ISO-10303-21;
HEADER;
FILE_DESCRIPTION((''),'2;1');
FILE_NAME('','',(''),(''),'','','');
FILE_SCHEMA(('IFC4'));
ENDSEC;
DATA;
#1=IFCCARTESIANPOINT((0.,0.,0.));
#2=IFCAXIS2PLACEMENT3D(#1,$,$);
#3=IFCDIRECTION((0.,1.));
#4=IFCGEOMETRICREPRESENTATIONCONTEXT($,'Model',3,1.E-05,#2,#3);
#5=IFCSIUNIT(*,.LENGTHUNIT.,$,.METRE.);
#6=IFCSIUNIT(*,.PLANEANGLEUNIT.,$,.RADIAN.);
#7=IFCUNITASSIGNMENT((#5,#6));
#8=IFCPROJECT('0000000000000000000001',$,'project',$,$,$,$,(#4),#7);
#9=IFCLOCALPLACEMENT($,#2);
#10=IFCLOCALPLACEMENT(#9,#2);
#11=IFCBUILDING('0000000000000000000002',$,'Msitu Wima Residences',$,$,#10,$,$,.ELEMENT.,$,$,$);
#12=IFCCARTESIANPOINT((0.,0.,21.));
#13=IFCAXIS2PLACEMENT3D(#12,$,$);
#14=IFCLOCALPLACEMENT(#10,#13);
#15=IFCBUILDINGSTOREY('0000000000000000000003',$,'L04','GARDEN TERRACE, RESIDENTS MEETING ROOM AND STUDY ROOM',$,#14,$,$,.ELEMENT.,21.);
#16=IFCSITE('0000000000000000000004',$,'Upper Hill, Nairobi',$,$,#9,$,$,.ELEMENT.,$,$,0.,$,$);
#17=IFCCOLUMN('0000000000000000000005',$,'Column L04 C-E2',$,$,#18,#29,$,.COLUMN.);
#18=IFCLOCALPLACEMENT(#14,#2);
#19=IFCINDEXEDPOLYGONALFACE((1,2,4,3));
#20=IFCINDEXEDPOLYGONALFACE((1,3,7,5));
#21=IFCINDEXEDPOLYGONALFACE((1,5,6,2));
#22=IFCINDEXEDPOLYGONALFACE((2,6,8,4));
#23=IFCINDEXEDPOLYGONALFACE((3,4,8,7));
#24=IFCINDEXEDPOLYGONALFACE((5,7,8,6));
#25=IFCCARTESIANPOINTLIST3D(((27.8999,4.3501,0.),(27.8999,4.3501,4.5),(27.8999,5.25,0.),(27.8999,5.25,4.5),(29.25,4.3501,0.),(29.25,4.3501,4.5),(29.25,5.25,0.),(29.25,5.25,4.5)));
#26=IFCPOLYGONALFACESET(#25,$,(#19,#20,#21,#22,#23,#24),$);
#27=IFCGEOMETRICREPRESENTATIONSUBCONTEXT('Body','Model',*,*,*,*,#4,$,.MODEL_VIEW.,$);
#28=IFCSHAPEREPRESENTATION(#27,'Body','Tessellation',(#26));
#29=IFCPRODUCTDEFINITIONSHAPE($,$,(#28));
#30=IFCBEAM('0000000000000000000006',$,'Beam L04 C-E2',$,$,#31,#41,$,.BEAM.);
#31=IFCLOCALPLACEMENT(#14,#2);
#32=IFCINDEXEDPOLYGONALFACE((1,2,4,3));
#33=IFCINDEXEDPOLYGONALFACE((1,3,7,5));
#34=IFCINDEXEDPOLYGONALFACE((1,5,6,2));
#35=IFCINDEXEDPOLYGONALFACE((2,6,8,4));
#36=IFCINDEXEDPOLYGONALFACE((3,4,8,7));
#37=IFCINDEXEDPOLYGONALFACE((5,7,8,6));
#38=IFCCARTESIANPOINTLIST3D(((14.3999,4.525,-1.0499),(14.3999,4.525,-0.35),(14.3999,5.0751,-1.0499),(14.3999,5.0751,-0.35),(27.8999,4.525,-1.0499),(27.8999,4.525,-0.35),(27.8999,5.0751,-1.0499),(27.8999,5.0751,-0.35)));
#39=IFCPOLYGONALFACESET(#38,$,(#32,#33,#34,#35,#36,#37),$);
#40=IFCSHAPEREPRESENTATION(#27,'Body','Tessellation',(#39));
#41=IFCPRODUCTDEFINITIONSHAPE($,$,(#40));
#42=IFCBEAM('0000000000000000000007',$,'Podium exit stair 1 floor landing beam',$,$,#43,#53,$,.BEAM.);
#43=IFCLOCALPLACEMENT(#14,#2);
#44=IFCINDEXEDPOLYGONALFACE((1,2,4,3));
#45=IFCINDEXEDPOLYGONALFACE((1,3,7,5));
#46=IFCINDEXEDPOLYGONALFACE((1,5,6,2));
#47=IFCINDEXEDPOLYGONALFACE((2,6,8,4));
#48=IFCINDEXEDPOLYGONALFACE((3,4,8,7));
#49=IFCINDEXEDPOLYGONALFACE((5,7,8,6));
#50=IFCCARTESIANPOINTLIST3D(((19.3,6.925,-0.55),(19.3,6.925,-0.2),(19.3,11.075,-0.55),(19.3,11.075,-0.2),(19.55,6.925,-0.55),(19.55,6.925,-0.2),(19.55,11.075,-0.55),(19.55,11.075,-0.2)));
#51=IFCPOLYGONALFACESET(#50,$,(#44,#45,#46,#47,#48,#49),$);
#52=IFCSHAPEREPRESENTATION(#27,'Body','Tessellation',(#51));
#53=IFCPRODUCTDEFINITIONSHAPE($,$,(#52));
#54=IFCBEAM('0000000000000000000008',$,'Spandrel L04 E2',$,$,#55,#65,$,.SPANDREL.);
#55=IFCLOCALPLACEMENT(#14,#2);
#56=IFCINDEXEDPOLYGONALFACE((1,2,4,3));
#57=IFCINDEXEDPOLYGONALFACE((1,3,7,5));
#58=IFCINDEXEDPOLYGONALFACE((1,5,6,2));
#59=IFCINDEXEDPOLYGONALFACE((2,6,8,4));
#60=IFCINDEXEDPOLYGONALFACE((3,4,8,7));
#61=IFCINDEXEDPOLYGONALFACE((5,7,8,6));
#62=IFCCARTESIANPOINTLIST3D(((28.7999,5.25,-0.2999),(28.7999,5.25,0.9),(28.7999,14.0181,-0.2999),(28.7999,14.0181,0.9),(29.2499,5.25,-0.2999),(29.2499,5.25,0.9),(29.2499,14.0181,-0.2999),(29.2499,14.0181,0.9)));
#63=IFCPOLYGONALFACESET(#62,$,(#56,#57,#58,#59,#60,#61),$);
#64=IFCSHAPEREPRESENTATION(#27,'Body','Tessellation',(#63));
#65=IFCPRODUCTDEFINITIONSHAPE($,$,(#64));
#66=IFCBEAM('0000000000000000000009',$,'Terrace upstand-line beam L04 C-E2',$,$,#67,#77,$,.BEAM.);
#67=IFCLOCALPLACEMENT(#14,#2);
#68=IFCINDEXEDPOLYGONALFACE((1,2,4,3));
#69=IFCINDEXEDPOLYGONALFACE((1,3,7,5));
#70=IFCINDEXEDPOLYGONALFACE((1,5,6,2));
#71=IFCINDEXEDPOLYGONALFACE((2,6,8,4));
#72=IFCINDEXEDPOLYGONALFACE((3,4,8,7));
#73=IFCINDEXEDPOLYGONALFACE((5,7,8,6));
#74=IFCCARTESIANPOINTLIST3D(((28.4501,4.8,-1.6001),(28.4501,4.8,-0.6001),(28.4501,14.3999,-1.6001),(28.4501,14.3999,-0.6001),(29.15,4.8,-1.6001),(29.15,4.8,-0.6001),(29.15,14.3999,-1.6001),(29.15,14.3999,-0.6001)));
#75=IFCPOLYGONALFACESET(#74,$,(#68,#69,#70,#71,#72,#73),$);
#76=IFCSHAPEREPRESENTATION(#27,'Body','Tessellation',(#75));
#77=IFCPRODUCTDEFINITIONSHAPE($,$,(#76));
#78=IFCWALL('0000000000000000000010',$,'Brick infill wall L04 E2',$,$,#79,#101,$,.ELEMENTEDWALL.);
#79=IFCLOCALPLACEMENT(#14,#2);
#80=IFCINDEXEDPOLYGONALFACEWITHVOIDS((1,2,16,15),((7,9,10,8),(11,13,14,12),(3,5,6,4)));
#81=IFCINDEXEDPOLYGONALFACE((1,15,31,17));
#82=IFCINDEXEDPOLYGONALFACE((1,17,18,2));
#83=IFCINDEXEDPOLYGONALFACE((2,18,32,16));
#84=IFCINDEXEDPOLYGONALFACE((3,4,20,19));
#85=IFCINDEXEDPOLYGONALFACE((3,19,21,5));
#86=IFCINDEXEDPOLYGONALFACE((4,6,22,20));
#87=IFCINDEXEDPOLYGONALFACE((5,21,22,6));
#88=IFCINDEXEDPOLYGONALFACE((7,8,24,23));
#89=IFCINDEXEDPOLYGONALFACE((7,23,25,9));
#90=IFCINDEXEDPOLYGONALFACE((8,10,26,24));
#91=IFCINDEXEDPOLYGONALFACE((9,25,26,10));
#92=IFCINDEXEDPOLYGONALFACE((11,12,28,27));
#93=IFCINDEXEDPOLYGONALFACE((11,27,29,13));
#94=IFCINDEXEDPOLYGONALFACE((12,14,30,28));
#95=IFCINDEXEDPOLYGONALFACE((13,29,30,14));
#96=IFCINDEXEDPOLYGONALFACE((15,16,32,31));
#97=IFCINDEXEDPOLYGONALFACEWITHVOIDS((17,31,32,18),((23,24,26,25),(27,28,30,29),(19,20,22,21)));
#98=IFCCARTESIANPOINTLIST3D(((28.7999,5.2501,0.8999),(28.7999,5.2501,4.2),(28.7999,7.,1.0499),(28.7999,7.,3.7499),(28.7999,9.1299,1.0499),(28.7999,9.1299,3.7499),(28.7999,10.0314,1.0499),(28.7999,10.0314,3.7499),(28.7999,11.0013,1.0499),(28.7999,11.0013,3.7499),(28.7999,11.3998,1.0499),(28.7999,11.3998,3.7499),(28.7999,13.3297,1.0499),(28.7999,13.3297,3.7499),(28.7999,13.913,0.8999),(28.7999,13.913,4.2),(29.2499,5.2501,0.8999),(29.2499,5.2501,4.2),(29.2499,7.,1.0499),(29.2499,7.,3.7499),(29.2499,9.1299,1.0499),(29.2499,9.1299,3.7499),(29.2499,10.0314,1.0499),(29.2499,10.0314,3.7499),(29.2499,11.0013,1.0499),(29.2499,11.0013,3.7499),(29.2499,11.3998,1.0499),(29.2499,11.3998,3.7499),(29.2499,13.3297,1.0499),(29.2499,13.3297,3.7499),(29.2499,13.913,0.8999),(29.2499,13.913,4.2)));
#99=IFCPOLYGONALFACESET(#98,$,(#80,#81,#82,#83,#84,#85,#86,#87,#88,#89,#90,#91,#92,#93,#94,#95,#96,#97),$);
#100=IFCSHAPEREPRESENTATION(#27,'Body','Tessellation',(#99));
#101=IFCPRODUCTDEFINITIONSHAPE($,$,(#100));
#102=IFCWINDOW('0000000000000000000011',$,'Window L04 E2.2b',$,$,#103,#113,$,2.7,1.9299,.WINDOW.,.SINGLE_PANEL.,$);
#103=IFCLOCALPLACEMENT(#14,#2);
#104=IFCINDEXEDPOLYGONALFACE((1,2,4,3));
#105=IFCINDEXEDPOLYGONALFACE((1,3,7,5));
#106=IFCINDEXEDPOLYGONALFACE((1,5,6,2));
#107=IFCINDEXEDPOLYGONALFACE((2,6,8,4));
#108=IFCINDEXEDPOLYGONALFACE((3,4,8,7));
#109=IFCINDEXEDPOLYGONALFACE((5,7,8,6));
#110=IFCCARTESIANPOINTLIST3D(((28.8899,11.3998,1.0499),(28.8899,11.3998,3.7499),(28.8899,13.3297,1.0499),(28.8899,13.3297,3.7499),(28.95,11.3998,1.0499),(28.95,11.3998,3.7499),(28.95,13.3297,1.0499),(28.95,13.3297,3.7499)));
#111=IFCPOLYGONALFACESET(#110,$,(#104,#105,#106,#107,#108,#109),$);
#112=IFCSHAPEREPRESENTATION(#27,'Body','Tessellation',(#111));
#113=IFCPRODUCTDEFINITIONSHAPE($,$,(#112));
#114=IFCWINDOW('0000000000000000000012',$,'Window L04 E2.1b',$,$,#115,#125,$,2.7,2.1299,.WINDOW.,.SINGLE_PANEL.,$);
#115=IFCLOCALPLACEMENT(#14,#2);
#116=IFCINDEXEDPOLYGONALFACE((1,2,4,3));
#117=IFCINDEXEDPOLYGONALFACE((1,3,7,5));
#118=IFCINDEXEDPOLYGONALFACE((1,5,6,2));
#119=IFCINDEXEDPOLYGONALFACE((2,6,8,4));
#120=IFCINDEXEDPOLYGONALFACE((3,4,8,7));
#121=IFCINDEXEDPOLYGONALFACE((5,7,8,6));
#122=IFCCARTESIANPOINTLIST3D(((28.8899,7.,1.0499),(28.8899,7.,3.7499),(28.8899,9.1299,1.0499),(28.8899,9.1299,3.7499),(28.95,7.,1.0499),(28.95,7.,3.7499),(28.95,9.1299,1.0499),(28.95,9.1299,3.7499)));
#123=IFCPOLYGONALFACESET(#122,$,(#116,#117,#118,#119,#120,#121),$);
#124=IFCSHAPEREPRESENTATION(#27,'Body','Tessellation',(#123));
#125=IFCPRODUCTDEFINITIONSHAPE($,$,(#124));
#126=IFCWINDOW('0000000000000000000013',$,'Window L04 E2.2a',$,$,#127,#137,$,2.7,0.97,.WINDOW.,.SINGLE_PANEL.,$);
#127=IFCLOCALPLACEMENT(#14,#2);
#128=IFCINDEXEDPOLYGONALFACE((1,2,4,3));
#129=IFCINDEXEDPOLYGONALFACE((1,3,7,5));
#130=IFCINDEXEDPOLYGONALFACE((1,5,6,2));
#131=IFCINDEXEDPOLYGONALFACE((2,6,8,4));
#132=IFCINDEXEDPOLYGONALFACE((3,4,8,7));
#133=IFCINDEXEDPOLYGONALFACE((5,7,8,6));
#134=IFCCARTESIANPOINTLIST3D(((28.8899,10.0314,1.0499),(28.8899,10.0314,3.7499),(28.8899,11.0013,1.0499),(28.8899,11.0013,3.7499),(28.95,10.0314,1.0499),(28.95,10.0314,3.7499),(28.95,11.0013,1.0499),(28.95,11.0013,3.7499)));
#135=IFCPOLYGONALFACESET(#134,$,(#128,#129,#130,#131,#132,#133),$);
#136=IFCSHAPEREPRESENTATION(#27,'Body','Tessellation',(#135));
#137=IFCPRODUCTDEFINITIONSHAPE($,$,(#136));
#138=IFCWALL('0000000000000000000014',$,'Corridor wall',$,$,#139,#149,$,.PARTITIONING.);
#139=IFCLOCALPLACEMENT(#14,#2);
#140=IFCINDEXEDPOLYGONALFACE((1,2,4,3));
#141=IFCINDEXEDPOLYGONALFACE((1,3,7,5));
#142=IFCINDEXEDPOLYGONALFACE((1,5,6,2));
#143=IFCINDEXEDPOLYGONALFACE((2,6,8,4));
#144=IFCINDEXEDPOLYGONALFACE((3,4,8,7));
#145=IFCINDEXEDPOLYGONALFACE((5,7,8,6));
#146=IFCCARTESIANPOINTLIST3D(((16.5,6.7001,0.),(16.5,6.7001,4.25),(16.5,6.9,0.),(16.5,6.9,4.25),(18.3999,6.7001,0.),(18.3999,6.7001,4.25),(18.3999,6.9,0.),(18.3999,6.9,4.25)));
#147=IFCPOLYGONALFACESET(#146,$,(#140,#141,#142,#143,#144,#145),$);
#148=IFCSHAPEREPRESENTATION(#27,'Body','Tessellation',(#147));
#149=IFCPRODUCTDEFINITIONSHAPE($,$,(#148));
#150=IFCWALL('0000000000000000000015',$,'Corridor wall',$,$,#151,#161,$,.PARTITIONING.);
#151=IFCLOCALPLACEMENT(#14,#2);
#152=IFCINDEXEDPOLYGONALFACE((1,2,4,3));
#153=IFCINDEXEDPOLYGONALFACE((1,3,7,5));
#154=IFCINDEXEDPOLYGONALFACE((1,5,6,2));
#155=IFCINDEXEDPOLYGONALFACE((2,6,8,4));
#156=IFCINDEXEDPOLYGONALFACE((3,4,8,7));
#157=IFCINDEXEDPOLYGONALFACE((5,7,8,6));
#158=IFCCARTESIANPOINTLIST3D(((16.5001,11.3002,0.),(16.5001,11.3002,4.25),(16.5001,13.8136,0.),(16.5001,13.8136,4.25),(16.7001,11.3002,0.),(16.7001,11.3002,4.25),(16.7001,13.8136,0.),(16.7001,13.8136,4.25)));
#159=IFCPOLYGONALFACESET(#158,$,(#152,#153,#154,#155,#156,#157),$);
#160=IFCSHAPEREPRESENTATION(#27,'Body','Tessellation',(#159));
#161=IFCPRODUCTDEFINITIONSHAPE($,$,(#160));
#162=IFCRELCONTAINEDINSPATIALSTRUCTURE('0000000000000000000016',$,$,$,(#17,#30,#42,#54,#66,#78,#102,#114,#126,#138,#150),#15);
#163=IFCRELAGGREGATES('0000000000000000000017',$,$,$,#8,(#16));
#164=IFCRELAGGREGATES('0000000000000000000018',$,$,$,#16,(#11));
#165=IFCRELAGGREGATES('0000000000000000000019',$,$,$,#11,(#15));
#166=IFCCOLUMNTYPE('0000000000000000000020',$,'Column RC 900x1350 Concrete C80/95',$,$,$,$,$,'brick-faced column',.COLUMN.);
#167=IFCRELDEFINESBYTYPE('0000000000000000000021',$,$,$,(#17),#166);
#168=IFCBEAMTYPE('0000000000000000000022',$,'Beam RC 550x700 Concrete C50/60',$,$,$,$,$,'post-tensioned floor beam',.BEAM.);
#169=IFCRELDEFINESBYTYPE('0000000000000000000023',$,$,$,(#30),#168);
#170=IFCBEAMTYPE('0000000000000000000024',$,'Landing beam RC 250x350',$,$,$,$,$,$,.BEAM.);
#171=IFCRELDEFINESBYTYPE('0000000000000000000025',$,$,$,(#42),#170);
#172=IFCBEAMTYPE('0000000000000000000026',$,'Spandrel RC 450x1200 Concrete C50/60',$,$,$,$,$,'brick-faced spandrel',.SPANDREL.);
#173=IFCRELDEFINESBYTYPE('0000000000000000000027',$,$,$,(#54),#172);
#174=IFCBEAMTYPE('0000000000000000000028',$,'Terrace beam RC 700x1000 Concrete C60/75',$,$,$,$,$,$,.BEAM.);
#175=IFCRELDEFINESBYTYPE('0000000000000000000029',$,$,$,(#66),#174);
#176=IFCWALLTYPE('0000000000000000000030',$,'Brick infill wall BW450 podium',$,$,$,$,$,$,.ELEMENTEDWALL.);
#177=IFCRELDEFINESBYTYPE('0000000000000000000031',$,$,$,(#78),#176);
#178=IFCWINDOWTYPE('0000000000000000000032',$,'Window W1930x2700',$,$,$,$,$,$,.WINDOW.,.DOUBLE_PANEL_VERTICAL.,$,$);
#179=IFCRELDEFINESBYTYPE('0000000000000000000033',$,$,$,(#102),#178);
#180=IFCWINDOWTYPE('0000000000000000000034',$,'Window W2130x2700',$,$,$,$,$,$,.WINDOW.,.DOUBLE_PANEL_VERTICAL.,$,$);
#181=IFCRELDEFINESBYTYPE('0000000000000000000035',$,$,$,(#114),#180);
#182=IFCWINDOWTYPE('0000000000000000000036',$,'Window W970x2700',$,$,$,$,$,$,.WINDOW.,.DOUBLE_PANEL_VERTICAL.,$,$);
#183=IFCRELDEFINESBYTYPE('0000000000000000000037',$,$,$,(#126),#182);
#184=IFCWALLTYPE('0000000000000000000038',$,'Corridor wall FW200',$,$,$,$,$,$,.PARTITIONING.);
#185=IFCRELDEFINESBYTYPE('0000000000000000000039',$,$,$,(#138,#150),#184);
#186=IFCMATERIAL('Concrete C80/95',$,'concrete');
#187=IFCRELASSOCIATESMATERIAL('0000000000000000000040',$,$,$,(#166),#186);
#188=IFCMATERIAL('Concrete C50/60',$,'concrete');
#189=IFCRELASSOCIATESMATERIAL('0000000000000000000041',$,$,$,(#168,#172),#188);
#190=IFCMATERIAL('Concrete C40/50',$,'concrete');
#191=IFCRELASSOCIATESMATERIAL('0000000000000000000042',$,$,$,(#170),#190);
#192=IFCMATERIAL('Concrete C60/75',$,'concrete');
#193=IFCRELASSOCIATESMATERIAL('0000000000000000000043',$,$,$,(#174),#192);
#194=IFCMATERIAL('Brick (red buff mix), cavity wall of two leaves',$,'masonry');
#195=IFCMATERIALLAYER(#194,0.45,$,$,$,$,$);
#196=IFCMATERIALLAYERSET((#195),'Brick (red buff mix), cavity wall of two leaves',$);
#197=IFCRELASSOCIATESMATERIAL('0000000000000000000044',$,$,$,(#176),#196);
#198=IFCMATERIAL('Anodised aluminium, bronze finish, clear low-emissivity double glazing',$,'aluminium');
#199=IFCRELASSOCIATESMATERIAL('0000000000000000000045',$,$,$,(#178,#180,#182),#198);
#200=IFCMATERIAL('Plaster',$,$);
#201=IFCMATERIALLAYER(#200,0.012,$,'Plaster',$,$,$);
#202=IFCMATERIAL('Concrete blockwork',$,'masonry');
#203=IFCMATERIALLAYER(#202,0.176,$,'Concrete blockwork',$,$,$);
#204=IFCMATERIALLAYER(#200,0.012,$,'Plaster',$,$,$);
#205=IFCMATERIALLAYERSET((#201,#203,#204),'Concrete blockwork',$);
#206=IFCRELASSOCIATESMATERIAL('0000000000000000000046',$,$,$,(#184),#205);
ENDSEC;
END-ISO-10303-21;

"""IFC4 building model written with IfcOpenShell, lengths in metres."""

from ifc_helpers import new_model, si_unit, direction, frame, frame_2d, origin, origin_2d, place, context, subcontext, project, spatial, rectangle, extrude, material, layer, layer_set, material_profile, profile_set, type_object, element, fill, save


model = new_model("IFC4")

# Units and contexts
model_context = context("Model", 3, precision=1e-05, world=origin(), true_north=direction((0.0, 1.0)))
body_context = subcontext(model_context, "Body", "Model", "MODEL_VIEW")
ifc_project = project(units=[si_unit("LENGTHUNIT", "METRE"), si_unit("PLANEANGLEUNIT", "RADIAN")], contexts=[model_context])

# Site, building, storey
site_placement = place(None, origin())
site = spatial("IfcSite", under=ifc_project, at=site_placement, Name="Upper Hill, Nairobi", CompositionType="ELEMENT", RefElevation=0.0)
building_placement = place(site_placement, origin())
building = spatial("IfcBuilding", under=site, at=building_placement, Name="Msitu Wima Residences", CompositionType="ELEMENT")
storey_placement = place(building_placement, frame((0.0, 0.0, 21.0)))
storey = spatial("IfcBuildingStorey", under=building, at=storey_placement, Name="L04", Description="GARDEN TERRACE, RESIDENTS MEETING ROOM AND STUDY ROOM", CompositionType="ELEMENT", Elevation=21.0)

# Column
ifc_material_1 = material(Name="Concrete C80/95", Category="concrete")
ifc_material_profile_1 = material_profile(ifc_material_1, rectangle(XDim=0.8999, YDim=1.3501, at=origin_2d()), Name="RC 900x1350")
ifc_profile_set_1 = profile_set([ifc_material_profile_1], Name="Concrete C80/95")
column_type = type_object("IfcColumnType", Name="Column RC 900x1350 Concrete C80/95", ElementType="brick-faced column", PredefinedType="COLUMN", material=ifc_profile_set_1)
column_placement = place(storey_placement, frame((28.575, 4.8, 0.0), z_axis=(0.0, 0.0, 1.0), x_axis=(0.0, 1.0, 0.0)))
element("IfcColumn", 1, at=column_placement, inside=storey, type_object=column_type, Name="Column L04 C-E2", PredefinedType="COLUMN", context=body_context, shape_type="SweptSolid", body=[
    extrude(rectangle(XDim=0.8999, YDim=1.3501, at=origin_2d()), origin(), (0.0, 0.0, 1.0), 4.5),
])

# Beams
ifc_material_2 = material(Name="Concrete C50/60", Category="concrete")
ifc_material_profile_2 = material_profile(ifc_material_2, rectangle(XDim=0.55, YDim=0.7, at=origin_2d()), Name="RC 550x700")
ifc_profile_set_2 = profile_set([ifc_material_profile_2], Name="Concrete C50/60")
beam_type_1 = type_object("IfcBeamType", Name="Beam RC 550x700 Concrete C50/60", ElementType="post-tensioned floor beam", PredefinedType="BEAM", material=ifc_profile_set_2)
beam_1_placement = place(storey_placement, frame((27.8999, 4.8, -0.7), z_axis=(-1.0, 0.0, 0.0), x_axis=(0.0, -1.0, 0.0)))
element("IfcBeam", 2, at=beam_1_placement, inside=storey, type_object=beam_type_1, Name="Beam L04 C-E2", PredefinedType="BEAM", context=body_context, shape_type="SweptSolid", body=[
    extrude(rectangle(XDim=0.55, YDim=0.7, at=origin_2d()), origin(), (0.0, 0.0, 1.0), 13.5),
])
ifc_material_3 = material(Name="Concrete C40/50", Category="concrete")
ifc_material_profile_3 = material_profile(ifc_material_3, rectangle(XDim=0.25, YDim=0.3501, at=origin_2d()), Name="RC 250x350")
ifc_profile_set_3 = profile_set([ifc_material_profile_3], Name="Concrete C40/50")
beam_type_2 = type_object("IfcBeamType", Name="Landing beam RC 250x350", PredefinedType="BEAM", material=ifc_profile_set_3)
beam_2_placement = place(storey_placement, frame((19.425, 6.925, -0.375), z_axis=(0.0, 1.0, 0.0), x_axis=(-1.0, 0.0, 0.0)))
element("IfcBeam", 3, at=beam_2_placement, inside=storey, type_object=beam_type_2, Name="Podium exit stair 1 floor landing beam", PredefinedType="BEAM", context=body_context, shape_type="SweptSolid", body=[
    extrude(rectangle(XDim=0.25, YDim=0.3501, at=origin_2d()), origin(), (0.0, 0.0, 1.0), 4.1499),
])
ifc_material_profile_4 = material_profile(ifc_material_2, rectangle(XDim=0.45, YDim=1.2, at=origin_2d()), Name="RC 450x1200")
ifc_profile_set_4 = profile_set([ifc_material_profile_4], Name="Concrete C50/60")
beam_type_3 = type_object("IfcBeamType", Name="Spandrel RC 450x1200 Concrete C50/60", ElementType="brick-faced spandrel", PredefinedType="SPANDREL", material=ifc_profile_set_4)
beam_3_placement = place(storey_placement, frame((29.0249, 5.25, 0.3), z_axis=(0.0, 1.0, 0.0), x_axis=(-1.0, 0.0, 0.0)))
element("IfcBeam", 4, at=beam_3_placement, inside=storey, type_object=beam_type_3, Name="Spandrel L04 E2", PredefinedType="SPANDREL", context=body_context, shape_type="SweptSolid", body=[
    extrude(rectangle(XDim=0.45, YDim=1.2, at=origin_2d()), origin(), (0.0, 0.0, 1.0), 8.7681),
])
ifc_material_4 = material(Name="Concrete C60/75", Category="concrete")
ifc_material_profile_5 = material_profile(ifc_material_4, rectangle(XDim=0.7, YDim=1.0, at=origin_2d()), Name="RC 700x1000")
ifc_profile_set_5 = profile_set([ifc_material_profile_5], Name="Concrete C60/75")
beam_type_4 = type_object("IfcBeamType", Name="Terrace beam RC 700x1000 Concrete C60/75", PredefinedType="BEAM", material=ifc_profile_set_5)
beam_4_placement = place(storey_placement, frame((28.8, 4.8, -1.1001), z_axis=(0.0, 1.0, 0.0), x_axis=(-1.0, 0.0, 0.0)))
element("IfcBeam", 5, at=beam_4_placement, inside=storey, type_object=beam_type_4, Name="Terrace upstand-line beam L04 C-E2", PredefinedType="BEAM", context=body_context, shape_type="SweptSolid", body=[
    extrude(rectangle(XDim=0.7, YDim=1.0, at=origin_2d()), origin(), (0.0, 0.0, 1.0), 9.5999),
])

# Wall, openings, windows
ifc_material_5 = material(Name="Brick (red buff mix), cavity wall of two leaves", Category="masonry")
ifc_layer_1 = layer(ifc_material_5, 0.45)
ifc_layer_set_1 = layer_set([ifc_layer_1], Name="Brick (red buff mix), cavity wall of two leaves")
wall_type_1 = type_object("IfcWallType", Name="Brick infill wall BW450 podium", PredefinedType="ELEMENTEDWALL", material=ifc_layer_set_1)
wall_1_placement = place(storey_placement, frame((29.0249, 5.25, 0.8999), z_axis=(0.0, 0.0, 1.0), x_axis=(0.0, 1.0, 0.0)))
wall_1 = element("IfcWall", 6, at=wall_1_placement, inside=storey, type_object=wall_type_1, Name="Brick infill wall L04 E2", PredefinedType="ELEMENTEDWALL", context=body_context, shape_type="SweptSolid", body=[
    extrude(rectangle(XDim=8.6628, YDim=0.45, at=frame_2d((4.3315, 0.0))), origin(), (0.0, 0.0, 1.0), 3.3),
])
opening_1_placement = place(wall_1_placement, frame((1.75, 0.0, 0.1499)))
opening_1 = element("IfcOpeningElement", 7, at=opening_1_placement, cuts=wall_1, PredefinedType="OPENING", context=body_context, shape_type="SweptSolid", body=[
    extrude(rectangle(XDim=2.1299, YDim=2.7, at=frame_2d((1.0649, 1.3501))), frame((0.0, 0.2349, 0.0), z_axis=(0.0, -1.0, 0.0), x_axis=(1.0, 0.0, 0.0)), (0.0, 0.0, 1.0), 0.47),
])
opening_2_placement = place(wall_1_placement, frame((4.7815, 0.0, 0.1499)))
opening_2 = element("IfcOpeningElement", 8, at=opening_2_placement, cuts=wall_1, PredefinedType="OPENING", context=body_context, shape_type="SweptSolid", body=[
    extrude(rectangle(XDim=0.97, YDim=2.7, at=frame_2d((0.4849, 1.3501))), frame((0.0, 0.2349, 0.0), z_axis=(0.0, -1.0, 0.0), x_axis=(1.0, 0.0, 0.0)), (0.0, 0.0, 1.0), 0.47),
])
opening_3_placement = place(wall_1_placement, frame((6.1499, 0.0, 0.1499)))
opening_3 = element("IfcOpeningElement", 9, at=opening_3_placement, cuts=wall_1, PredefinedType="OPENING", context=body_context, shape_type="SweptSolid", body=[
    extrude(rectangle(XDim=1.9299, YDim=2.7, at=frame_2d((0.9648, 1.3501))), frame((0.0, 0.2349, 0.0), z_axis=(0.0, -1.0, 0.0), x_axis=(1.0, 0.0, 0.0)), (0.0, 0.0, 1.0), 0.47),
])
ifc_material_6 = material(Name="Anodised aluminium, bronze finish, clear low-emissivity double glazing", Category="aluminium")
window_type_1 = type_object("IfcWindowType", Name="Window W1930x2700", PartitioningType="DOUBLE_PANEL_VERTICAL", PredefinedType="WINDOW", material=ifc_material_6)
window_1_placement = place(opening_3_placement, origin())
window_1 = element("IfcWindow", 10, at=window_1_placement, inside=storey, type_object=window_type_1, Name="Window L04 E2.2b", OverallHeight=2.7, OverallWidth=1.9299, PartitioningType="SINGLE_PANEL", PredefinedType="WINDOW", context=body_context, shape_type="SweptSolid", body=[
    extrude(rectangle(XDim=1.9299, YDim=2.7, at=frame_2d((0.9648, 1.3501))), frame((0.0, 0.135, 0.0), z_axis=(0.0, -1.0, 0.0), x_axis=(1.0, 0.0, 0.0)), (0.0, 0.0, 1.0), 0.0601),
])
fill(opening_3, window_1)
window_type_2 = type_object("IfcWindowType", Name="Window W2130x2700", PartitioningType="DOUBLE_PANEL_VERTICAL", PredefinedType="WINDOW", material=ifc_material_6)
window_2_placement = place(opening_1_placement, origin())
window_2 = element("IfcWindow", 11, at=window_2_placement, inside=storey, type_object=window_type_2, Name="Window L04 E2.1b", OverallHeight=2.7, OverallWidth=2.1299, PartitioningType="SINGLE_PANEL", PredefinedType="WINDOW", context=body_context, shape_type="SweptSolid", body=[
    extrude(rectangle(XDim=2.1299, YDim=2.7, at=frame_2d((1.0649, 1.3501))), frame((0.0, 0.135, 0.0), z_axis=(0.0, -1.0, 0.0), x_axis=(1.0, 0.0, 0.0)), (0.0, 0.0, 1.0), 0.0601),
])
fill(opening_1, window_2)
window_type_3 = type_object("IfcWindowType", Name="Window W970x2700", PartitioningType="DOUBLE_PANEL_VERTICAL", PredefinedType="WINDOW", material=ifc_material_6)
window_3_placement = place(opening_2_placement, origin())
window_3 = element("IfcWindow", 12, at=window_3_placement, inside=storey, type_object=window_type_3, Name="Window L04 E2.2a", OverallHeight=2.7, OverallWidth=0.97, PartitioningType="SINGLE_PANEL", PredefinedType="WINDOW", context=body_context, shape_type="SweptSolid", body=[
    extrude(rectangle(XDim=0.97, YDim=2.7, at=frame_2d((0.4849, 1.3501))), frame((0.0, 0.135, 0.0), z_axis=(0.0, -1.0, 0.0), x_axis=(1.0, 0.0, 0.0)), (0.0, 0.0, 1.0), 0.0601),
])
fill(opening_2, window_3)

# Walls
ifc_material_7 = material(Name="Plaster")
ifc_layer_2 = layer(ifc_material_7, 0.012, Name="Plaster")
ifc_material_8 = material(Name="Concrete blockwork", Category="masonry")
ifc_layer_3 = layer(ifc_material_8, 0.176, Name="Concrete blockwork")
ifc_layer_4 = layer(ifc_material_7, 0.012, Name="Plaster")
ifc_layer_set_2 = layer_set([ifc_layer_2, ifc_layer_3, ifc_layer_4], Name="Concrete blockwork")
wall_type_2 = type_object("IfcWallType", Name="Corridor wall FW200", PredefinedType="PARTITIONING", material=ifc_layer_set_2)
wall_2_placement = place(storey_placement, frame((16.5, 6.8, 0.0), z_axis=(0.0, 0.0, 1.0), x_axis=(1.0, 0.0, 0.0)))
element("IfcWall", 13, at=wall_2_placement, inside=storey, type_object=wall_type_2, Name="Corridor wall", PredefinedType="PARTITIONING", context=body_context, shape_type="SweptSolid", body=[
    extrude(rectangle(XDim=1.8999, YDim=0.2, at=frame_2d((0.95, 0.0))), origin(), (0.0, 0.0, 1.0), 4.25),
])
wall_3_placement = place(storey_placement, frame((16.6001, 11.3, 0.0), z_axis=(0.0, 0.0, 1.0), x_axis=(0.0, 1.0, 0.0)))
element("IfcWall", 14, at=wall_3_placement, inside=storey, type_object=wall_type_2, Name="Corridor wall", PredefinedType="PARTITIONING", context=body_context, shape_type="SweptSolid", body=[
    extrude(rectangle(XDim=2.5134, YDim=0.2, at=frame_2d((1.2568, 0.0))), origin(), (0.0, 0.0, 1.0), 4.25),
])

save(model, "model.ifc")
